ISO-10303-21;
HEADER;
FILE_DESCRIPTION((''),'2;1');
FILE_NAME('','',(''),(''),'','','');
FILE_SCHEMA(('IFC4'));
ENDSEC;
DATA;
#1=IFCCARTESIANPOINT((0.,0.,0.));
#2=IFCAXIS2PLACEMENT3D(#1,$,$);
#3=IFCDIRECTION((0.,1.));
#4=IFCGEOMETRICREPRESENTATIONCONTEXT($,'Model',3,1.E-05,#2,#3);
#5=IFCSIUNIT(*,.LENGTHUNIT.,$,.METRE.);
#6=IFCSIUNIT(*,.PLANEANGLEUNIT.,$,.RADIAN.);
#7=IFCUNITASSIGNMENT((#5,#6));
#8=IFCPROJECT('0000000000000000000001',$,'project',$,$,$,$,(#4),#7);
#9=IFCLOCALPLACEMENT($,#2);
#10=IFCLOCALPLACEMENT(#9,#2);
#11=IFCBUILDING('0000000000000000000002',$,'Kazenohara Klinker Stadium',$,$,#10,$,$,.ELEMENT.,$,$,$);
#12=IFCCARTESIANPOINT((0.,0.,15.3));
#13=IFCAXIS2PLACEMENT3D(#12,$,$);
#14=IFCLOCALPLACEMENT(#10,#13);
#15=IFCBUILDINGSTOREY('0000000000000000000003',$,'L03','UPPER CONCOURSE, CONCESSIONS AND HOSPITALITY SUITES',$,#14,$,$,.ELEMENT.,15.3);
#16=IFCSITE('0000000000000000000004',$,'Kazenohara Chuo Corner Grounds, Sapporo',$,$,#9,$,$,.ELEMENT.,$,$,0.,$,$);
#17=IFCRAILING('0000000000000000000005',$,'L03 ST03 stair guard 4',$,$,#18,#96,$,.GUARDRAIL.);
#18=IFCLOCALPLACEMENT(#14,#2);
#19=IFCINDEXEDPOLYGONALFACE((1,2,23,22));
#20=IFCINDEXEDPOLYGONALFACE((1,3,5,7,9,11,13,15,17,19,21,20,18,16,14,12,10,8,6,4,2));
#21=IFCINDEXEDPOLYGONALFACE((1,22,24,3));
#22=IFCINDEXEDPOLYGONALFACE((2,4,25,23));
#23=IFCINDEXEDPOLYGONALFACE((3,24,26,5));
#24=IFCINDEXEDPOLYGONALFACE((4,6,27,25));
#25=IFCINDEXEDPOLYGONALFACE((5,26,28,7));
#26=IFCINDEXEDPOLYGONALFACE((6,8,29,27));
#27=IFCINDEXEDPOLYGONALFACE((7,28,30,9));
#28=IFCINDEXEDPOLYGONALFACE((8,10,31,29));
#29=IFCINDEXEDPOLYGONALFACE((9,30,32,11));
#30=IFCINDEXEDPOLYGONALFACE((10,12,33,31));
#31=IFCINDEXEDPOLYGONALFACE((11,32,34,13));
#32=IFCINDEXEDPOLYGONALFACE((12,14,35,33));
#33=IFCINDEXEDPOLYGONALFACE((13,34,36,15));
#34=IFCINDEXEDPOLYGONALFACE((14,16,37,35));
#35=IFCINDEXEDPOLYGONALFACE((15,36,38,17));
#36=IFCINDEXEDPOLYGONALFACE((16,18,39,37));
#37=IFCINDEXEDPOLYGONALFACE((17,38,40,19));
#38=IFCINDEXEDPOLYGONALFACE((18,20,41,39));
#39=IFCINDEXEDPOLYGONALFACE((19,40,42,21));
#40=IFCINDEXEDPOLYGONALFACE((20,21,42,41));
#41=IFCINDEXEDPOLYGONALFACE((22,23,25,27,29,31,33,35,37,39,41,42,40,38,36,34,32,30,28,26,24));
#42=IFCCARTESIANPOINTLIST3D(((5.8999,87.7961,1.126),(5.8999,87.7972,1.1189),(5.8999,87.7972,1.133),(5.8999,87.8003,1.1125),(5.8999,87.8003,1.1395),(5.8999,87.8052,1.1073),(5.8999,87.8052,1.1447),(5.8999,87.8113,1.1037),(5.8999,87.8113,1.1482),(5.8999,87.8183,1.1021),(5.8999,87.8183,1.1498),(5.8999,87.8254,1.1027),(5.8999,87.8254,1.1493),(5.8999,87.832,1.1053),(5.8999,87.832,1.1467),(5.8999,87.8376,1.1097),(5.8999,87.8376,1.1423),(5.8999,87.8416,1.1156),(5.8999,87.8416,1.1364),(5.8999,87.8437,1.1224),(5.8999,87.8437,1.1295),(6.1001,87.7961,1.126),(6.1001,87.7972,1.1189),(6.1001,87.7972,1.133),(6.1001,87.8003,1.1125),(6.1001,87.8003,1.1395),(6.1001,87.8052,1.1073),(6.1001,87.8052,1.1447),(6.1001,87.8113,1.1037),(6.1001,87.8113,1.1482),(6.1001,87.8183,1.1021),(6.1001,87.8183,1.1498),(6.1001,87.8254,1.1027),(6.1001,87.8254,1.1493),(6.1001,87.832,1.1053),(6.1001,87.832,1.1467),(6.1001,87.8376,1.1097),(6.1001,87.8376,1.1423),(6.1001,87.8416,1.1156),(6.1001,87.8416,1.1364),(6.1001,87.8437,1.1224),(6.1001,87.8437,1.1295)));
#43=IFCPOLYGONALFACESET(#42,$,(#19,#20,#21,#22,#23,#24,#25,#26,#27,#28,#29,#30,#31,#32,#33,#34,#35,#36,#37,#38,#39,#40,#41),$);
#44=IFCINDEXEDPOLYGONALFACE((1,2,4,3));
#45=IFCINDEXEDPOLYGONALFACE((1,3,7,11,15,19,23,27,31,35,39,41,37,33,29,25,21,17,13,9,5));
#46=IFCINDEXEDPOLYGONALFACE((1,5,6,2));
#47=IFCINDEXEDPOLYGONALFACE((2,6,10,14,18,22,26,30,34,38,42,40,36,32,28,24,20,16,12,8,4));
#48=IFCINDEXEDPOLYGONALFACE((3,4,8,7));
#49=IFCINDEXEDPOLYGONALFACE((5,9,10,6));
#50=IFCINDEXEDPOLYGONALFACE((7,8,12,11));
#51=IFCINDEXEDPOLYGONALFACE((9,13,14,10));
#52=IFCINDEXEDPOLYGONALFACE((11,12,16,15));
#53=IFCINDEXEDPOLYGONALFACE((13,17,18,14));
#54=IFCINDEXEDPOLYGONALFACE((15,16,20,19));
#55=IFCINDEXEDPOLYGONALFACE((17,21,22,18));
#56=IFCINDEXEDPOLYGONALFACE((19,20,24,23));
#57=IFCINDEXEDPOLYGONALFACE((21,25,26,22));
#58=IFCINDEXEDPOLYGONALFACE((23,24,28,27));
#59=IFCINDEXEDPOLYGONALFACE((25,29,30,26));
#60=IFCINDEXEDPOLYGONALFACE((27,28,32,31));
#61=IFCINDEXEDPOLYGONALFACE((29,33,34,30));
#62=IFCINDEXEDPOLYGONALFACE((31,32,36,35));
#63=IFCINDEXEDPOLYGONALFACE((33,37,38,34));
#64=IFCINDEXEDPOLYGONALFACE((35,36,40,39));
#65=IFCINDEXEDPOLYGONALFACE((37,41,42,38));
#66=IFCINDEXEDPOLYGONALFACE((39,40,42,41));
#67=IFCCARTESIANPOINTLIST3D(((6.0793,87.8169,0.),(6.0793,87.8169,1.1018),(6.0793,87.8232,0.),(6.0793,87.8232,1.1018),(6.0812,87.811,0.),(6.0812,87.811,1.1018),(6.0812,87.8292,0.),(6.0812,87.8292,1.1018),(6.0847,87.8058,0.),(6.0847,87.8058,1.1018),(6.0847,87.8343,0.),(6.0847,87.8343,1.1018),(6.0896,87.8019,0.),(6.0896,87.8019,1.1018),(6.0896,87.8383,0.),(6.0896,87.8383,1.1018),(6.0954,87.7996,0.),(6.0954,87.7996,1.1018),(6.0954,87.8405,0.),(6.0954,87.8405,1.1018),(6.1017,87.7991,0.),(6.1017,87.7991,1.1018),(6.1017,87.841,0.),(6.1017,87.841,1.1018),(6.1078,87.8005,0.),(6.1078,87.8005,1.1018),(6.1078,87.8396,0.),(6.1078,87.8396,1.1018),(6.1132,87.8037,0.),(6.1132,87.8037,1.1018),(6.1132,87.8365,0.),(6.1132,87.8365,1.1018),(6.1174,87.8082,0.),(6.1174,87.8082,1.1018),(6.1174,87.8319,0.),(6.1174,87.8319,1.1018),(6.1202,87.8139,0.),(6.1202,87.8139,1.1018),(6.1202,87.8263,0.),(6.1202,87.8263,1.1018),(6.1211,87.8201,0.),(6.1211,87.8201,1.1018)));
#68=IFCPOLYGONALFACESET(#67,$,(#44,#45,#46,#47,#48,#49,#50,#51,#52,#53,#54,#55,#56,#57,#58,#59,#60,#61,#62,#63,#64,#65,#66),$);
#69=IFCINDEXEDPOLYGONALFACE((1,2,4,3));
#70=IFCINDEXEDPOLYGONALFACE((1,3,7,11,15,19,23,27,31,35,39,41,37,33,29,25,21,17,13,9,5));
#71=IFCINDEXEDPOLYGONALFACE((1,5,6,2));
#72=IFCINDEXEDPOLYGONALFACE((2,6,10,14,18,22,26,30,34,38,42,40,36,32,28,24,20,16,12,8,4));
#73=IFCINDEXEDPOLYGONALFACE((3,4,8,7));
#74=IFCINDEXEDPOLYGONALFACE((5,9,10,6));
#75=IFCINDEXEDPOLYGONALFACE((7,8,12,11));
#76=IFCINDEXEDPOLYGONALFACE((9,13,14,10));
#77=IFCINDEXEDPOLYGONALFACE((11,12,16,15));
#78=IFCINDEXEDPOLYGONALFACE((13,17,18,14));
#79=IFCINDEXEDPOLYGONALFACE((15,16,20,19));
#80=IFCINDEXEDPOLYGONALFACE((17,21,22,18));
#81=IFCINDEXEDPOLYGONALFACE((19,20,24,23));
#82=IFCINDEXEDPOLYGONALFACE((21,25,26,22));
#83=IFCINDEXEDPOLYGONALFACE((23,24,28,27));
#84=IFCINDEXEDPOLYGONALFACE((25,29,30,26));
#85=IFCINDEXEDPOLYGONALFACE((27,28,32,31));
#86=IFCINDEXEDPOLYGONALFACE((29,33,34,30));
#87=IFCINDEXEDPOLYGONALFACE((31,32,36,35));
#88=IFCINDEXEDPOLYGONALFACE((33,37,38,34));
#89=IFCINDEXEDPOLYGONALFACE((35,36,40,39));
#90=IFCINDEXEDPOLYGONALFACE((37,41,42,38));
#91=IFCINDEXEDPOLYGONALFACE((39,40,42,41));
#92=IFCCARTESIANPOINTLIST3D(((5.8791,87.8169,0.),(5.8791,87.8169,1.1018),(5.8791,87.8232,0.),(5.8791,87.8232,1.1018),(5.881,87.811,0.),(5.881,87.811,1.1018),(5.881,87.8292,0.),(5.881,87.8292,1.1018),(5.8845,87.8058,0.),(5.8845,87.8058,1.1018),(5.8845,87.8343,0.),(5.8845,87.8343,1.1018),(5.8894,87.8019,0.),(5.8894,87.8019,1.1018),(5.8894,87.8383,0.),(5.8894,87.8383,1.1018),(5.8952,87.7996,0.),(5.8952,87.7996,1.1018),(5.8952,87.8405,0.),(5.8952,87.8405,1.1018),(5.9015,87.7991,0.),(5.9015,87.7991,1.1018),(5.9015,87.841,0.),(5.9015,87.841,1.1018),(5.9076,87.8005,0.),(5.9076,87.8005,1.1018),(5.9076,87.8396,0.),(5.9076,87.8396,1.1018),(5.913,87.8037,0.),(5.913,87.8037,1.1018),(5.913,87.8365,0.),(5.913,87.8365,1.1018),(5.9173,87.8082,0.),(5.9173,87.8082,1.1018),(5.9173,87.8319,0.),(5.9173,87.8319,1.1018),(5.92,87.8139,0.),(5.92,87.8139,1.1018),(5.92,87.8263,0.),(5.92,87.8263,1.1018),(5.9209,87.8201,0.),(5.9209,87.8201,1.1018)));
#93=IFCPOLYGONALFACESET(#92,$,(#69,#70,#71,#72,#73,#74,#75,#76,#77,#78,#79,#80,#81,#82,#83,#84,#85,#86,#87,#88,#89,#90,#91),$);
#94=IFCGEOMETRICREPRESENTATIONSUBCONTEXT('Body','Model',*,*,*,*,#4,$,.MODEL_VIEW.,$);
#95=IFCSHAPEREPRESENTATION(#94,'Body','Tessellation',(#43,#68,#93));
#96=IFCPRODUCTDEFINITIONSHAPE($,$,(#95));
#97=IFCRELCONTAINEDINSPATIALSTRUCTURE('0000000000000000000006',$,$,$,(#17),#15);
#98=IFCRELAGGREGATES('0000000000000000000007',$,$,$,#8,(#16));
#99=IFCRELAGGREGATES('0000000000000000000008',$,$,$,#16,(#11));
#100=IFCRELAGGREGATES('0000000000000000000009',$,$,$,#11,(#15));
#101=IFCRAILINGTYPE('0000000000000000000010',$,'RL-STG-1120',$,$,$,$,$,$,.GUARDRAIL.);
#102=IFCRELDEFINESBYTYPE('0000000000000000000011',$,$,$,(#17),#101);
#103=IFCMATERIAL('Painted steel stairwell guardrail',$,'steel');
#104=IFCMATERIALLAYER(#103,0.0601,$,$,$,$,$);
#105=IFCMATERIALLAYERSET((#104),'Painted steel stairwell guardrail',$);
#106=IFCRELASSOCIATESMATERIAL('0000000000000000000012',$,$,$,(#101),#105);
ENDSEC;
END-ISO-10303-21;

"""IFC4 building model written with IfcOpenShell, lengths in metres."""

from ifc_helpers import new_model, si_unit, direction, frame, origin, origin_2d, place, context, subcontext, project, spatial, circle, extrude, material, layer, layer_set, type_object, element, save


model = new_model("IFC4")

# Units and contexts
model_context = context("Model", 3, precision=1e-05, world=origin(), true_north=direction((0.0, 1.0)))
body_context = subcontext(model_context, "Body", "Model", "MODEL_VIEW")
ifc_project = project(units=[si_unit("LENGTHUNIT", "METRE"), si_unit("PLANEANGLEUNIT", "RADIAN")], contexts=[model_context])

# Site, building, storey
site_placement = place(None, origin())
site = spatial("IfcSite", under=ifc_project, at=site_placement, Name="Kazenohara Chuo Corner Grounds, Sapporo", CompositionType="ELEMENT", RefElevation=0.0)
building_placement = place(site_placement, origin())
building = spatial("IfcBuilding", under=site, at=building_placement, Name="Kazenohara Klinker Stadium", CompositionType="ELEMENT")
storey_placement = place(building_placement, frame((0.0, 0.0, 15.3)))
storey = spatial("IfcBuildingStorey", under=building, at=storey_placement, Name="L03", Description="UPPER CONCOURSE, CONCESSIONS AND HOSPITALITY SUITES", CompositionType="ELEMENT", Elevation=15.3)

# Railing
ifc_material_1 = material(Name="Painted steel stairwell guardrail", Category="steel")
ifc_layer_1 = layer(ifc_material_1, 0.0601)
ifc_layer_set_1 = layer_set([ifc_layer_1], Name="Painted steel stairwell guardrail")
railing_type_1 = type_object("IfcRailingType", Name="RL-STG-1120", PredefinedType="GUARDRAIL", material=ifc_layer_set_1)
railing_1_placement = place(storey_placement, frame((6.1001, 87.8201, 0.0)))
element("IfcRailing", 1, at=railing_1_placement, inside=storey, type_object=railing_type_1, Name="L03 ST03 stair guard 4", PredefinedType="GUARDRAIL", context=body_context, shape_type="SweptSolid", body=[
    extrude(circle(Radius=0.0239, at=origin_2d()), frame((0.0, 0.0, 1.126), z_axis=(-1.0, 0.0, 0.0), x_axis=(0.0, -1.0, 0.0)), (0.0, 0.0, 1.0), 0.2002),
    extrude(circle(Radius=0.021, at=origin_2d()), origin(), (0.0, 0.0, 1.0), 1.1018),
    extrude(circle(Radius=0.021, at=origin_2d()), frame((-0.2002, 0.0, 0.0)), (0.0, 0.0, 1.0), 1.1018),
])

save(model, "model.ifc")
